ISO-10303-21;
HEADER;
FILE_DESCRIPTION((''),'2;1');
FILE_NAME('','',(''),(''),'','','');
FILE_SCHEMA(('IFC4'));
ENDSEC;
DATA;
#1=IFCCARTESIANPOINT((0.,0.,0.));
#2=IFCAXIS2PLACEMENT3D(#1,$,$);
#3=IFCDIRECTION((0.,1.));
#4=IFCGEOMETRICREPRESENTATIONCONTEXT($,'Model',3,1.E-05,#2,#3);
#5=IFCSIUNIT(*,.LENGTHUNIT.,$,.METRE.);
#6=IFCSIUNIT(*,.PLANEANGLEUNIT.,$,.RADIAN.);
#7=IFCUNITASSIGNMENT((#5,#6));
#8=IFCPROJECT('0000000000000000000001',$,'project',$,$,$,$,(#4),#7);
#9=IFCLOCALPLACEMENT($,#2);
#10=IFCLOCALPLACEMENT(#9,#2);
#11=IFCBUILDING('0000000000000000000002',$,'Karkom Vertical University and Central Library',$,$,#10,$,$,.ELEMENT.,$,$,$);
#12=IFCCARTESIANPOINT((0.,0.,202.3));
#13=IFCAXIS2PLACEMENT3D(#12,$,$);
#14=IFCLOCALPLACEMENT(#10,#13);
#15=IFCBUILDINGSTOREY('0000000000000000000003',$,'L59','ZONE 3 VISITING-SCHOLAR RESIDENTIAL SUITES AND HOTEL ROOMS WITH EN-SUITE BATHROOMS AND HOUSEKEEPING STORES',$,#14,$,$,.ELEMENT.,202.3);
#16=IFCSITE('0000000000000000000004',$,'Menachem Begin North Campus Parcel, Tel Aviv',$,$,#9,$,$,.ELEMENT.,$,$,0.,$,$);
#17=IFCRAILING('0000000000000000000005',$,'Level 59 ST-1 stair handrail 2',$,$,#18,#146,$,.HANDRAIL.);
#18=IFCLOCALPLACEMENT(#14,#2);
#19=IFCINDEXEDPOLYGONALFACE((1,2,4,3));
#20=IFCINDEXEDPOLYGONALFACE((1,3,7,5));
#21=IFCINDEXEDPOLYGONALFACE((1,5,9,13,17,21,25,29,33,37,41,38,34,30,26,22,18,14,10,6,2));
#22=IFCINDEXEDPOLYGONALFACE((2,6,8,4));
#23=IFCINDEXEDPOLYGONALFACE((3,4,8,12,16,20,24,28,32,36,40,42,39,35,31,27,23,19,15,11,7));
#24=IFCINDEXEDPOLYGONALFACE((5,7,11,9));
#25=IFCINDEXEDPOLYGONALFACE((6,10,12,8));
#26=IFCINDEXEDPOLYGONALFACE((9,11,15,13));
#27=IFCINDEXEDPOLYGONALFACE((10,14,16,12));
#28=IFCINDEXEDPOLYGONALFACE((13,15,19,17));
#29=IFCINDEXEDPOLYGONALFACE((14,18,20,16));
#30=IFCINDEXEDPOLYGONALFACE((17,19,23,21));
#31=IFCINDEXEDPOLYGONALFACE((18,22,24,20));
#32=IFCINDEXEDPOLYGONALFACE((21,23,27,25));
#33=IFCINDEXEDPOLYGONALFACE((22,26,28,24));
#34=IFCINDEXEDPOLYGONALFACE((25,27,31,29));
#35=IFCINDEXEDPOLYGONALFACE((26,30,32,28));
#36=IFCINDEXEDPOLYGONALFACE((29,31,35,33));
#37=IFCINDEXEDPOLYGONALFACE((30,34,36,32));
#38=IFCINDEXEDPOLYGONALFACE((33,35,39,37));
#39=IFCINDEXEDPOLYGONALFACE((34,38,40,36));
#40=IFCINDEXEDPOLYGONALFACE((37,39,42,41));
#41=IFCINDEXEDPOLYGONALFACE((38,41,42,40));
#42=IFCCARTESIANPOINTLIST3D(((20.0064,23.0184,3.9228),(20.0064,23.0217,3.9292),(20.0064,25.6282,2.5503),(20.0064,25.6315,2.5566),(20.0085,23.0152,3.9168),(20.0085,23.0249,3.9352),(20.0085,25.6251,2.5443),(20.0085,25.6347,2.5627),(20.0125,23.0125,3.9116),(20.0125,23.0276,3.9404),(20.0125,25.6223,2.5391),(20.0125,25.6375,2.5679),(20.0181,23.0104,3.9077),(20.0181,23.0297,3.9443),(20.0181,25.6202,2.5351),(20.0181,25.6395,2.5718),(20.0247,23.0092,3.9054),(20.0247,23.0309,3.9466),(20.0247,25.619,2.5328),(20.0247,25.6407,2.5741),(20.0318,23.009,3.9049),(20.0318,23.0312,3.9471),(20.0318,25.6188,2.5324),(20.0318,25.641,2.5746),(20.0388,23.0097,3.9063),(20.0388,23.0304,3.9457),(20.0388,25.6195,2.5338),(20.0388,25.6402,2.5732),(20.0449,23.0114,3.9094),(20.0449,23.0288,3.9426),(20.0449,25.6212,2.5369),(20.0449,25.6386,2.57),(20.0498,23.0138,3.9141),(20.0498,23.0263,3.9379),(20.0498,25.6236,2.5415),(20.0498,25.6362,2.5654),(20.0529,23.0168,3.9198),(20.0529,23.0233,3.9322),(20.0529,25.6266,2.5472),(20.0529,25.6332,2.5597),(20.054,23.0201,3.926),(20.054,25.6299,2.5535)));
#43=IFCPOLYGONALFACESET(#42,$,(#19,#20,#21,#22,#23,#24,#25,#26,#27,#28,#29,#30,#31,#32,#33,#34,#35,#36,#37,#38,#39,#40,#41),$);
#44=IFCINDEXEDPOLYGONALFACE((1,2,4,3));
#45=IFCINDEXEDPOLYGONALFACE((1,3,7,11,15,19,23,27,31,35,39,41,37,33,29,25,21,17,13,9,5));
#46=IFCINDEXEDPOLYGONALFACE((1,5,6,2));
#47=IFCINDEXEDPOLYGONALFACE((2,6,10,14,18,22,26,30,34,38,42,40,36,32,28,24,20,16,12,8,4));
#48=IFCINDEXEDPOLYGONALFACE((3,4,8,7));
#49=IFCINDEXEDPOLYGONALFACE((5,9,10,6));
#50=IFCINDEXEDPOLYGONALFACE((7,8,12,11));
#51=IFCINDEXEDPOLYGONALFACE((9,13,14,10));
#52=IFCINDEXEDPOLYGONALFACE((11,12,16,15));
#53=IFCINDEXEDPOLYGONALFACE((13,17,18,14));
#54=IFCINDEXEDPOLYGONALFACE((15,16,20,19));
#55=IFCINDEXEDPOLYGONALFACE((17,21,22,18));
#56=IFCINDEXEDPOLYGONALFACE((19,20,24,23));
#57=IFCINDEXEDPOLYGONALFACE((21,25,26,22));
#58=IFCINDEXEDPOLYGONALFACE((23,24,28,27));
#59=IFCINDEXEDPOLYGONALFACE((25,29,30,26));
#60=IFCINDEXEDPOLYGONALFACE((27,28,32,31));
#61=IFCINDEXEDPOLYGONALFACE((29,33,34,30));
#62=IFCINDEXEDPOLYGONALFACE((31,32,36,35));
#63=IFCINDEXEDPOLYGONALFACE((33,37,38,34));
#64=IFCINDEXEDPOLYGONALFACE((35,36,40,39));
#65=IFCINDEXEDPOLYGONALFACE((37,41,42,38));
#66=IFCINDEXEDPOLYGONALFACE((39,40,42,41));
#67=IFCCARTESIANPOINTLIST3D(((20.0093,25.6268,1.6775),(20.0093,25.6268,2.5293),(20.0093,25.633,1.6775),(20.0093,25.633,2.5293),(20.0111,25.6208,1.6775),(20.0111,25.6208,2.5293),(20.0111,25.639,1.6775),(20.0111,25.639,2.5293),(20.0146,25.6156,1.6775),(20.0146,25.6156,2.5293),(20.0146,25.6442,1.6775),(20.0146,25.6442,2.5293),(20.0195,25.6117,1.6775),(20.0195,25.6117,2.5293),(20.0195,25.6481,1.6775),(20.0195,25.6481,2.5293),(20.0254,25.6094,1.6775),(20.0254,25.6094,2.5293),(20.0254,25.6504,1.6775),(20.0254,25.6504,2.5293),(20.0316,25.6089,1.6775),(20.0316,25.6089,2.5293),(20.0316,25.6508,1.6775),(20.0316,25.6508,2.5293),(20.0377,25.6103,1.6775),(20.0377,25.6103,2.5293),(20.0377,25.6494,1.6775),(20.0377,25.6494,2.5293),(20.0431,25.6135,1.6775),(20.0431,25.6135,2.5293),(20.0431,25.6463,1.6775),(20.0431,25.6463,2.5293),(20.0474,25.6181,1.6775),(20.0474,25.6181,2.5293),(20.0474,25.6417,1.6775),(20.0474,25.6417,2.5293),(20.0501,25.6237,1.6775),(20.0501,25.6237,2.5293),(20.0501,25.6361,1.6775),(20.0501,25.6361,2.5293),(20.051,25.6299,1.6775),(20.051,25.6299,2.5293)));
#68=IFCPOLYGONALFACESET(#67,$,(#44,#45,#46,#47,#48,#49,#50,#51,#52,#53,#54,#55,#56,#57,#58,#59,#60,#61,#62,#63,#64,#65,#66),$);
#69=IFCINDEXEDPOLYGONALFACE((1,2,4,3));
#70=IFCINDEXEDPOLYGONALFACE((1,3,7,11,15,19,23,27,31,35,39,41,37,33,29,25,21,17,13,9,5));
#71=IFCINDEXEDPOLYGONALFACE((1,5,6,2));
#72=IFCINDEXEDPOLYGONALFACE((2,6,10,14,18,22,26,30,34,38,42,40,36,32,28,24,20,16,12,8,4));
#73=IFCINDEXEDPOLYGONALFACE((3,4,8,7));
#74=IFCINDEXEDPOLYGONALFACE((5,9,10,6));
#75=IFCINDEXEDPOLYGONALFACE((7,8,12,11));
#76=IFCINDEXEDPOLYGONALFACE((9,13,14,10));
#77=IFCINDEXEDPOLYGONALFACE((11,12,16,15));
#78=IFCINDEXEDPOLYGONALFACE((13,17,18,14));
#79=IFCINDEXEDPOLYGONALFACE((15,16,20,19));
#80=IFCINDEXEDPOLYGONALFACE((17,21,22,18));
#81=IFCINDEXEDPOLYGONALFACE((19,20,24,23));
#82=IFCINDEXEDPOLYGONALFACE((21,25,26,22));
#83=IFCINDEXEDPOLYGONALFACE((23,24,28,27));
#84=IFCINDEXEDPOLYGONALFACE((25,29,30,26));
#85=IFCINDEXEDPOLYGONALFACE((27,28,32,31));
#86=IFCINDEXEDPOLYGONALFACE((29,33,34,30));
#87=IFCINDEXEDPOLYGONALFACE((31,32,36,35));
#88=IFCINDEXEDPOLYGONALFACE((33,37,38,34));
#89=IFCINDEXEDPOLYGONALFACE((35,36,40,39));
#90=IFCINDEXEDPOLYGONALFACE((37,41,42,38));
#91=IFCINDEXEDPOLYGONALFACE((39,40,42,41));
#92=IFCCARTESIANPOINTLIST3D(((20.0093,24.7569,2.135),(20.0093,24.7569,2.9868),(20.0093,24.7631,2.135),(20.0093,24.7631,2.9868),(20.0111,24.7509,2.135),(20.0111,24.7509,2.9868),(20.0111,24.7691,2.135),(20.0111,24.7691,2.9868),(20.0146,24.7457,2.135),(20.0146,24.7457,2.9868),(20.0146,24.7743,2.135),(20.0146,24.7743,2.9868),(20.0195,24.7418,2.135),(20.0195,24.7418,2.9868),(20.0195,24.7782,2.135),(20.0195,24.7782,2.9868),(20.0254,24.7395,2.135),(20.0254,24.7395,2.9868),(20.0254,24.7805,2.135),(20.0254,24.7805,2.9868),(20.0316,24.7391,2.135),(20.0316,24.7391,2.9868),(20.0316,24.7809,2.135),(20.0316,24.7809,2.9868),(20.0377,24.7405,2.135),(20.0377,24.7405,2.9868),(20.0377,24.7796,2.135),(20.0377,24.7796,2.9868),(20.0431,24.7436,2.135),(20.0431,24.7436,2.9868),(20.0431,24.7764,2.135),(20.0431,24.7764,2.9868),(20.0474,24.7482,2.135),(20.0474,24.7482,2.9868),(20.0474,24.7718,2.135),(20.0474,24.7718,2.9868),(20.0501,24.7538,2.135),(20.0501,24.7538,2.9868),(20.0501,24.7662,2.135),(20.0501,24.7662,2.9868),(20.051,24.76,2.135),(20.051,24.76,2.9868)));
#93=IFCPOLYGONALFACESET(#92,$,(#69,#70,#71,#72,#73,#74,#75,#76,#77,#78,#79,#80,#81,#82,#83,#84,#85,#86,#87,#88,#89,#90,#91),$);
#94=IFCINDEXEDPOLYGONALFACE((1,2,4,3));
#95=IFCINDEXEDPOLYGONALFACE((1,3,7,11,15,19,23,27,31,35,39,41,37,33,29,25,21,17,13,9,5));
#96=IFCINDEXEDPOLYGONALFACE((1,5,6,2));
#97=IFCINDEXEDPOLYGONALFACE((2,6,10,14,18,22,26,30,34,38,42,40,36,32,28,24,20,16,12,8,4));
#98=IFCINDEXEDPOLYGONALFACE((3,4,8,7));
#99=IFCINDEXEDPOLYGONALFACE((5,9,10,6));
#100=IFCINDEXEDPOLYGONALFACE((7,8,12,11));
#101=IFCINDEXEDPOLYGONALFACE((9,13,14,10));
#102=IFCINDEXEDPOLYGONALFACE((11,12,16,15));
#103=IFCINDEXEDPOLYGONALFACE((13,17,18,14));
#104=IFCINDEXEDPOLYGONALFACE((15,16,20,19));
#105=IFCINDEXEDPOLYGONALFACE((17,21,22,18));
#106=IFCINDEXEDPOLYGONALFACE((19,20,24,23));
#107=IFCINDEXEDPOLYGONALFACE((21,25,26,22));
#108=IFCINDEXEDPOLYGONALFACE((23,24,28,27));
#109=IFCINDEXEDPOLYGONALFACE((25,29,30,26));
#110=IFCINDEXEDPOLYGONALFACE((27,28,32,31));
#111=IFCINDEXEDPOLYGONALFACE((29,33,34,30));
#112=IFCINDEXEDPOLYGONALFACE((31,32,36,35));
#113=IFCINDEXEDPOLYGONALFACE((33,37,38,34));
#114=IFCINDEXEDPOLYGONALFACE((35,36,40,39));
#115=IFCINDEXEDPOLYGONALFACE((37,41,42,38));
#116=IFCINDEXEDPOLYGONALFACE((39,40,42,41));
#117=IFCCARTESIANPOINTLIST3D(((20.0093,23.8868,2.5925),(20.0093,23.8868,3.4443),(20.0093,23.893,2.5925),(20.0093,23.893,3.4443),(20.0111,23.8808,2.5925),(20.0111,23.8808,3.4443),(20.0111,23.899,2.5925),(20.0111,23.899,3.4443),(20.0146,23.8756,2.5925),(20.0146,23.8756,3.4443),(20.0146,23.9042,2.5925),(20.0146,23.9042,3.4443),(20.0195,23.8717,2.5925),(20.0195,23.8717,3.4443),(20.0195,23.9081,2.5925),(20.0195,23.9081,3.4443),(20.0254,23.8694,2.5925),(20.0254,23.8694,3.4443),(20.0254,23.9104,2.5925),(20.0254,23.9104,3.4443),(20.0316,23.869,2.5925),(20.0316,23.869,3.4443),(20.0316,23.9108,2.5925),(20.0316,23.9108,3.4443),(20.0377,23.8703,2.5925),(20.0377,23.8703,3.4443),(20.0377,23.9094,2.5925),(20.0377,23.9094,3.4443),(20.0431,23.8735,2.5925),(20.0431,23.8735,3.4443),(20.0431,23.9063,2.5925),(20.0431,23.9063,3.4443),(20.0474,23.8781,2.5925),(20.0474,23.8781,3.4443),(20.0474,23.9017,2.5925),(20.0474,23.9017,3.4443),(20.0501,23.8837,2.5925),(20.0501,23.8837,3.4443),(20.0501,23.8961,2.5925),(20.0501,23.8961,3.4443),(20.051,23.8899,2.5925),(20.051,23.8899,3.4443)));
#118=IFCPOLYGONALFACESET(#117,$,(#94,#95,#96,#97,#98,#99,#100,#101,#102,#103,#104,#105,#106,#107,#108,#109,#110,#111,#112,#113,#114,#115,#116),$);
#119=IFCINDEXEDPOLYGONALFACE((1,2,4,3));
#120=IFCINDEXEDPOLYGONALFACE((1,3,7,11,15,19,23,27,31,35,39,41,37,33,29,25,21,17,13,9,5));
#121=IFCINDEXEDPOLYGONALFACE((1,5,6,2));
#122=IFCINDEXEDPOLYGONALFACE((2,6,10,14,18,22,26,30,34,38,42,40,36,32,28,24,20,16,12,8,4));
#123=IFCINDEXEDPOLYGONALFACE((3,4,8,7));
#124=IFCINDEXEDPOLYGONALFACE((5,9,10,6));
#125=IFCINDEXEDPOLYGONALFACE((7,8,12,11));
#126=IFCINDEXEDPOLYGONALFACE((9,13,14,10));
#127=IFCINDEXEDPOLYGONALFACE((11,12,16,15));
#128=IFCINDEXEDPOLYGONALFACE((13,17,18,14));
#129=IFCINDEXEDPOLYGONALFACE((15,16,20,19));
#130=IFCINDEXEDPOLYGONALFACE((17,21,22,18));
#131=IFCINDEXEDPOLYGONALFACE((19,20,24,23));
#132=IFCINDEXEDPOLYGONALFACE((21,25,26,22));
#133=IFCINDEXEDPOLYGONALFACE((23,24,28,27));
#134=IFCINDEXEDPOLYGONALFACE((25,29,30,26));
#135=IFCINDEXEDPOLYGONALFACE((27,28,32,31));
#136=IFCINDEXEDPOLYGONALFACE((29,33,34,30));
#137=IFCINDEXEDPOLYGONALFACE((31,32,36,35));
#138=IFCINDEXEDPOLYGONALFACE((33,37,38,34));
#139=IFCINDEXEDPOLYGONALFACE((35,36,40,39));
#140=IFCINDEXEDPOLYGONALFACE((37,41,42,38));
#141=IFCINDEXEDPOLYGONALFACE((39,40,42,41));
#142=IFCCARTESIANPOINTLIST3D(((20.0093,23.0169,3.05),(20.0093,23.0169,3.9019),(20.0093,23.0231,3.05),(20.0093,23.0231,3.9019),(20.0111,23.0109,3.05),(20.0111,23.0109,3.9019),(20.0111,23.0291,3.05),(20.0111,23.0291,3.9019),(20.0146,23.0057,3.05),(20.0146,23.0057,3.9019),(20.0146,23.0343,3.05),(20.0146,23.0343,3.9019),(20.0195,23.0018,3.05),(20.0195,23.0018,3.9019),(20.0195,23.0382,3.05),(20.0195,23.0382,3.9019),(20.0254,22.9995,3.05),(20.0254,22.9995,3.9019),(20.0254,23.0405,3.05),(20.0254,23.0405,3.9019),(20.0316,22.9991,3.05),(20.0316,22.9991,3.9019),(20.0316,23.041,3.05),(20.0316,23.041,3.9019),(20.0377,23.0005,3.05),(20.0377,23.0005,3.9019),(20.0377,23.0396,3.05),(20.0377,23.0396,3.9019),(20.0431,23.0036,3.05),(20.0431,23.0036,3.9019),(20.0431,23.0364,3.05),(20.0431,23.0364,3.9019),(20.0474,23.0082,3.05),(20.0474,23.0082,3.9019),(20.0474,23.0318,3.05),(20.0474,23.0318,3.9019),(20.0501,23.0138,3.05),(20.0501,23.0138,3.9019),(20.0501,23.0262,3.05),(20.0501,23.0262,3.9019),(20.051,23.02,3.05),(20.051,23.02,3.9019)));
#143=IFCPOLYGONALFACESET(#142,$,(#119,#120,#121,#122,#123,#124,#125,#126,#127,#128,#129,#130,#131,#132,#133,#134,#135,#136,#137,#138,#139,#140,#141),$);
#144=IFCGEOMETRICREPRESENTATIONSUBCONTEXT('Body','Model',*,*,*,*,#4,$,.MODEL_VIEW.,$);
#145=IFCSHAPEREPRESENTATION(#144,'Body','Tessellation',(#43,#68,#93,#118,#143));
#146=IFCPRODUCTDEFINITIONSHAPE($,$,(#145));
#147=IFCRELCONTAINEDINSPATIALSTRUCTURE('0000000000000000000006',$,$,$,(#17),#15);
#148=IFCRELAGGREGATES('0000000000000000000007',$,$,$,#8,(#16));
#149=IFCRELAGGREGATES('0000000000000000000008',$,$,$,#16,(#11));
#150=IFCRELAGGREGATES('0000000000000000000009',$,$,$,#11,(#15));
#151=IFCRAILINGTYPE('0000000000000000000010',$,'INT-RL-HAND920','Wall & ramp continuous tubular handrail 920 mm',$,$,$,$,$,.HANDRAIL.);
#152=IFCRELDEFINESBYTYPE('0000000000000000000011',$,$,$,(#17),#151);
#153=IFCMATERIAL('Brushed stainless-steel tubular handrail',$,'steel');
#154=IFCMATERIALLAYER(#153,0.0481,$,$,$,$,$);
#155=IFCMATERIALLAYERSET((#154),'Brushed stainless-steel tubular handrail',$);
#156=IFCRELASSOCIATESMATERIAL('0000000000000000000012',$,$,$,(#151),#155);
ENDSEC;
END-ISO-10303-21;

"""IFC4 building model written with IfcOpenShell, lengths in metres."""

from ifc_helpers import new_model, si_unit, direction, frame, origin, origin_2d, place, context, subcontext, project, spatial, circle, extrude, material, layer, layer_set, type_object, element, save


model = new_model("IFC4")

# Units and contexts
model_context = context("Model", 3, precision=1e-05, world=origin(), true_north=direction((0.0, 1.0)))
body_context = subcontext(model_context, "Body", "Model", "MODEL_VIEW")
ifc_project = project(units=[si_unit("LENGTHUNIT", "METRE"), si_unit("PLANEANGLEUNIT", "RADIAN")], contexts=[model_context])

# Site, building, storey
site_placement = place(None, origin())
site = spatial("IfcSite", under=ifc_project, at=site_placement, Name="Menachem Begin North Campus Parcel, Tel Aviv", CompositionType="ELEMENT", RefElevation=0.0)
building_placement = place(site_placement, origin())
building = spatial("IfcBuilding", under=site, at=building_placement, Name="Karkom Vertical University and Central Library", CompositionType="ELEMENT")
storey_placement = place(building_placement, frame((0.0, 0.0, 202.3)))
storey = spatial("IfcBuildingStorey", under=building, at=storey_placement, Name="L59", Description="ZONE 3 VISITING-SCHOLAR RESIDENTIAL SUITES AND HOTEL ROOMS WITH EN-SUITE BATHROOMS AND HOUSEKEEPING STORES", CompositionType="ELEMENT", Elevation=202.3)

# Railing
ifc_material_1 = material(Name="Brushed stainless-steel tubular handrail", Category="steel")
ifc_layer_1 = layer(ifc_material_1, 0.0481)
ifc_layer_set_1 = layer_set([ifc_layer_1], Name="Brushed stainless-steel tubular handrail")
railing_type_1 = type_object("IfcRailingType", Name="INT-RL-HAND920", Description="Wall & ramp continuous tubular handrail 920 mm", PredefinedType="HANDRAIL", material=ifc_layer_set_1)
railing_1_placement = place(storey_placement, frame((20.03, 25.6299, 1.6775)))
element("IfcRailing", 1, at=railing_1_placement, inside=storey, type_object=railing_type_1, Name="Level 59 ST-1 stair handrail 2", PredefinedType="HANDRAIL", context=body_context, shape_type="SweptSolid", body=[
    extrude(circle(Radius=0.0239, at=origin_2d()), frame((0.0, 0.0, 0.876), z_axis=(0.0, -0.885065, 0.465467), x_axis=(1.0, 0.0, 0.0)), (0.0, 0.0, 1.0), 2.9487),
    extrude(circle(Radius=0.021, at=origin_2d()), origin(), (0.0, 0.0, 1.0), 0.8518),
    extrude(circle(Radius=0.021, at=origin_2d()), frame((0.0, -0.8699, 0.4575)), (0.0, 0.0, 1.0), 0.8518),
    extrude(circle(Radius=0.021, at=origin_2d()), frame((0.0, -1.74, 0.915)), (0.0, 0.0, 1.0), 0.8518),
    extrude(circle(Radius=0.021, at=origin_2d()), frame((0.0, -2.6099, 1.3726)), (0.0, 0.0, 1.0), 0.8518),
])

save(model, "model.ifc")
